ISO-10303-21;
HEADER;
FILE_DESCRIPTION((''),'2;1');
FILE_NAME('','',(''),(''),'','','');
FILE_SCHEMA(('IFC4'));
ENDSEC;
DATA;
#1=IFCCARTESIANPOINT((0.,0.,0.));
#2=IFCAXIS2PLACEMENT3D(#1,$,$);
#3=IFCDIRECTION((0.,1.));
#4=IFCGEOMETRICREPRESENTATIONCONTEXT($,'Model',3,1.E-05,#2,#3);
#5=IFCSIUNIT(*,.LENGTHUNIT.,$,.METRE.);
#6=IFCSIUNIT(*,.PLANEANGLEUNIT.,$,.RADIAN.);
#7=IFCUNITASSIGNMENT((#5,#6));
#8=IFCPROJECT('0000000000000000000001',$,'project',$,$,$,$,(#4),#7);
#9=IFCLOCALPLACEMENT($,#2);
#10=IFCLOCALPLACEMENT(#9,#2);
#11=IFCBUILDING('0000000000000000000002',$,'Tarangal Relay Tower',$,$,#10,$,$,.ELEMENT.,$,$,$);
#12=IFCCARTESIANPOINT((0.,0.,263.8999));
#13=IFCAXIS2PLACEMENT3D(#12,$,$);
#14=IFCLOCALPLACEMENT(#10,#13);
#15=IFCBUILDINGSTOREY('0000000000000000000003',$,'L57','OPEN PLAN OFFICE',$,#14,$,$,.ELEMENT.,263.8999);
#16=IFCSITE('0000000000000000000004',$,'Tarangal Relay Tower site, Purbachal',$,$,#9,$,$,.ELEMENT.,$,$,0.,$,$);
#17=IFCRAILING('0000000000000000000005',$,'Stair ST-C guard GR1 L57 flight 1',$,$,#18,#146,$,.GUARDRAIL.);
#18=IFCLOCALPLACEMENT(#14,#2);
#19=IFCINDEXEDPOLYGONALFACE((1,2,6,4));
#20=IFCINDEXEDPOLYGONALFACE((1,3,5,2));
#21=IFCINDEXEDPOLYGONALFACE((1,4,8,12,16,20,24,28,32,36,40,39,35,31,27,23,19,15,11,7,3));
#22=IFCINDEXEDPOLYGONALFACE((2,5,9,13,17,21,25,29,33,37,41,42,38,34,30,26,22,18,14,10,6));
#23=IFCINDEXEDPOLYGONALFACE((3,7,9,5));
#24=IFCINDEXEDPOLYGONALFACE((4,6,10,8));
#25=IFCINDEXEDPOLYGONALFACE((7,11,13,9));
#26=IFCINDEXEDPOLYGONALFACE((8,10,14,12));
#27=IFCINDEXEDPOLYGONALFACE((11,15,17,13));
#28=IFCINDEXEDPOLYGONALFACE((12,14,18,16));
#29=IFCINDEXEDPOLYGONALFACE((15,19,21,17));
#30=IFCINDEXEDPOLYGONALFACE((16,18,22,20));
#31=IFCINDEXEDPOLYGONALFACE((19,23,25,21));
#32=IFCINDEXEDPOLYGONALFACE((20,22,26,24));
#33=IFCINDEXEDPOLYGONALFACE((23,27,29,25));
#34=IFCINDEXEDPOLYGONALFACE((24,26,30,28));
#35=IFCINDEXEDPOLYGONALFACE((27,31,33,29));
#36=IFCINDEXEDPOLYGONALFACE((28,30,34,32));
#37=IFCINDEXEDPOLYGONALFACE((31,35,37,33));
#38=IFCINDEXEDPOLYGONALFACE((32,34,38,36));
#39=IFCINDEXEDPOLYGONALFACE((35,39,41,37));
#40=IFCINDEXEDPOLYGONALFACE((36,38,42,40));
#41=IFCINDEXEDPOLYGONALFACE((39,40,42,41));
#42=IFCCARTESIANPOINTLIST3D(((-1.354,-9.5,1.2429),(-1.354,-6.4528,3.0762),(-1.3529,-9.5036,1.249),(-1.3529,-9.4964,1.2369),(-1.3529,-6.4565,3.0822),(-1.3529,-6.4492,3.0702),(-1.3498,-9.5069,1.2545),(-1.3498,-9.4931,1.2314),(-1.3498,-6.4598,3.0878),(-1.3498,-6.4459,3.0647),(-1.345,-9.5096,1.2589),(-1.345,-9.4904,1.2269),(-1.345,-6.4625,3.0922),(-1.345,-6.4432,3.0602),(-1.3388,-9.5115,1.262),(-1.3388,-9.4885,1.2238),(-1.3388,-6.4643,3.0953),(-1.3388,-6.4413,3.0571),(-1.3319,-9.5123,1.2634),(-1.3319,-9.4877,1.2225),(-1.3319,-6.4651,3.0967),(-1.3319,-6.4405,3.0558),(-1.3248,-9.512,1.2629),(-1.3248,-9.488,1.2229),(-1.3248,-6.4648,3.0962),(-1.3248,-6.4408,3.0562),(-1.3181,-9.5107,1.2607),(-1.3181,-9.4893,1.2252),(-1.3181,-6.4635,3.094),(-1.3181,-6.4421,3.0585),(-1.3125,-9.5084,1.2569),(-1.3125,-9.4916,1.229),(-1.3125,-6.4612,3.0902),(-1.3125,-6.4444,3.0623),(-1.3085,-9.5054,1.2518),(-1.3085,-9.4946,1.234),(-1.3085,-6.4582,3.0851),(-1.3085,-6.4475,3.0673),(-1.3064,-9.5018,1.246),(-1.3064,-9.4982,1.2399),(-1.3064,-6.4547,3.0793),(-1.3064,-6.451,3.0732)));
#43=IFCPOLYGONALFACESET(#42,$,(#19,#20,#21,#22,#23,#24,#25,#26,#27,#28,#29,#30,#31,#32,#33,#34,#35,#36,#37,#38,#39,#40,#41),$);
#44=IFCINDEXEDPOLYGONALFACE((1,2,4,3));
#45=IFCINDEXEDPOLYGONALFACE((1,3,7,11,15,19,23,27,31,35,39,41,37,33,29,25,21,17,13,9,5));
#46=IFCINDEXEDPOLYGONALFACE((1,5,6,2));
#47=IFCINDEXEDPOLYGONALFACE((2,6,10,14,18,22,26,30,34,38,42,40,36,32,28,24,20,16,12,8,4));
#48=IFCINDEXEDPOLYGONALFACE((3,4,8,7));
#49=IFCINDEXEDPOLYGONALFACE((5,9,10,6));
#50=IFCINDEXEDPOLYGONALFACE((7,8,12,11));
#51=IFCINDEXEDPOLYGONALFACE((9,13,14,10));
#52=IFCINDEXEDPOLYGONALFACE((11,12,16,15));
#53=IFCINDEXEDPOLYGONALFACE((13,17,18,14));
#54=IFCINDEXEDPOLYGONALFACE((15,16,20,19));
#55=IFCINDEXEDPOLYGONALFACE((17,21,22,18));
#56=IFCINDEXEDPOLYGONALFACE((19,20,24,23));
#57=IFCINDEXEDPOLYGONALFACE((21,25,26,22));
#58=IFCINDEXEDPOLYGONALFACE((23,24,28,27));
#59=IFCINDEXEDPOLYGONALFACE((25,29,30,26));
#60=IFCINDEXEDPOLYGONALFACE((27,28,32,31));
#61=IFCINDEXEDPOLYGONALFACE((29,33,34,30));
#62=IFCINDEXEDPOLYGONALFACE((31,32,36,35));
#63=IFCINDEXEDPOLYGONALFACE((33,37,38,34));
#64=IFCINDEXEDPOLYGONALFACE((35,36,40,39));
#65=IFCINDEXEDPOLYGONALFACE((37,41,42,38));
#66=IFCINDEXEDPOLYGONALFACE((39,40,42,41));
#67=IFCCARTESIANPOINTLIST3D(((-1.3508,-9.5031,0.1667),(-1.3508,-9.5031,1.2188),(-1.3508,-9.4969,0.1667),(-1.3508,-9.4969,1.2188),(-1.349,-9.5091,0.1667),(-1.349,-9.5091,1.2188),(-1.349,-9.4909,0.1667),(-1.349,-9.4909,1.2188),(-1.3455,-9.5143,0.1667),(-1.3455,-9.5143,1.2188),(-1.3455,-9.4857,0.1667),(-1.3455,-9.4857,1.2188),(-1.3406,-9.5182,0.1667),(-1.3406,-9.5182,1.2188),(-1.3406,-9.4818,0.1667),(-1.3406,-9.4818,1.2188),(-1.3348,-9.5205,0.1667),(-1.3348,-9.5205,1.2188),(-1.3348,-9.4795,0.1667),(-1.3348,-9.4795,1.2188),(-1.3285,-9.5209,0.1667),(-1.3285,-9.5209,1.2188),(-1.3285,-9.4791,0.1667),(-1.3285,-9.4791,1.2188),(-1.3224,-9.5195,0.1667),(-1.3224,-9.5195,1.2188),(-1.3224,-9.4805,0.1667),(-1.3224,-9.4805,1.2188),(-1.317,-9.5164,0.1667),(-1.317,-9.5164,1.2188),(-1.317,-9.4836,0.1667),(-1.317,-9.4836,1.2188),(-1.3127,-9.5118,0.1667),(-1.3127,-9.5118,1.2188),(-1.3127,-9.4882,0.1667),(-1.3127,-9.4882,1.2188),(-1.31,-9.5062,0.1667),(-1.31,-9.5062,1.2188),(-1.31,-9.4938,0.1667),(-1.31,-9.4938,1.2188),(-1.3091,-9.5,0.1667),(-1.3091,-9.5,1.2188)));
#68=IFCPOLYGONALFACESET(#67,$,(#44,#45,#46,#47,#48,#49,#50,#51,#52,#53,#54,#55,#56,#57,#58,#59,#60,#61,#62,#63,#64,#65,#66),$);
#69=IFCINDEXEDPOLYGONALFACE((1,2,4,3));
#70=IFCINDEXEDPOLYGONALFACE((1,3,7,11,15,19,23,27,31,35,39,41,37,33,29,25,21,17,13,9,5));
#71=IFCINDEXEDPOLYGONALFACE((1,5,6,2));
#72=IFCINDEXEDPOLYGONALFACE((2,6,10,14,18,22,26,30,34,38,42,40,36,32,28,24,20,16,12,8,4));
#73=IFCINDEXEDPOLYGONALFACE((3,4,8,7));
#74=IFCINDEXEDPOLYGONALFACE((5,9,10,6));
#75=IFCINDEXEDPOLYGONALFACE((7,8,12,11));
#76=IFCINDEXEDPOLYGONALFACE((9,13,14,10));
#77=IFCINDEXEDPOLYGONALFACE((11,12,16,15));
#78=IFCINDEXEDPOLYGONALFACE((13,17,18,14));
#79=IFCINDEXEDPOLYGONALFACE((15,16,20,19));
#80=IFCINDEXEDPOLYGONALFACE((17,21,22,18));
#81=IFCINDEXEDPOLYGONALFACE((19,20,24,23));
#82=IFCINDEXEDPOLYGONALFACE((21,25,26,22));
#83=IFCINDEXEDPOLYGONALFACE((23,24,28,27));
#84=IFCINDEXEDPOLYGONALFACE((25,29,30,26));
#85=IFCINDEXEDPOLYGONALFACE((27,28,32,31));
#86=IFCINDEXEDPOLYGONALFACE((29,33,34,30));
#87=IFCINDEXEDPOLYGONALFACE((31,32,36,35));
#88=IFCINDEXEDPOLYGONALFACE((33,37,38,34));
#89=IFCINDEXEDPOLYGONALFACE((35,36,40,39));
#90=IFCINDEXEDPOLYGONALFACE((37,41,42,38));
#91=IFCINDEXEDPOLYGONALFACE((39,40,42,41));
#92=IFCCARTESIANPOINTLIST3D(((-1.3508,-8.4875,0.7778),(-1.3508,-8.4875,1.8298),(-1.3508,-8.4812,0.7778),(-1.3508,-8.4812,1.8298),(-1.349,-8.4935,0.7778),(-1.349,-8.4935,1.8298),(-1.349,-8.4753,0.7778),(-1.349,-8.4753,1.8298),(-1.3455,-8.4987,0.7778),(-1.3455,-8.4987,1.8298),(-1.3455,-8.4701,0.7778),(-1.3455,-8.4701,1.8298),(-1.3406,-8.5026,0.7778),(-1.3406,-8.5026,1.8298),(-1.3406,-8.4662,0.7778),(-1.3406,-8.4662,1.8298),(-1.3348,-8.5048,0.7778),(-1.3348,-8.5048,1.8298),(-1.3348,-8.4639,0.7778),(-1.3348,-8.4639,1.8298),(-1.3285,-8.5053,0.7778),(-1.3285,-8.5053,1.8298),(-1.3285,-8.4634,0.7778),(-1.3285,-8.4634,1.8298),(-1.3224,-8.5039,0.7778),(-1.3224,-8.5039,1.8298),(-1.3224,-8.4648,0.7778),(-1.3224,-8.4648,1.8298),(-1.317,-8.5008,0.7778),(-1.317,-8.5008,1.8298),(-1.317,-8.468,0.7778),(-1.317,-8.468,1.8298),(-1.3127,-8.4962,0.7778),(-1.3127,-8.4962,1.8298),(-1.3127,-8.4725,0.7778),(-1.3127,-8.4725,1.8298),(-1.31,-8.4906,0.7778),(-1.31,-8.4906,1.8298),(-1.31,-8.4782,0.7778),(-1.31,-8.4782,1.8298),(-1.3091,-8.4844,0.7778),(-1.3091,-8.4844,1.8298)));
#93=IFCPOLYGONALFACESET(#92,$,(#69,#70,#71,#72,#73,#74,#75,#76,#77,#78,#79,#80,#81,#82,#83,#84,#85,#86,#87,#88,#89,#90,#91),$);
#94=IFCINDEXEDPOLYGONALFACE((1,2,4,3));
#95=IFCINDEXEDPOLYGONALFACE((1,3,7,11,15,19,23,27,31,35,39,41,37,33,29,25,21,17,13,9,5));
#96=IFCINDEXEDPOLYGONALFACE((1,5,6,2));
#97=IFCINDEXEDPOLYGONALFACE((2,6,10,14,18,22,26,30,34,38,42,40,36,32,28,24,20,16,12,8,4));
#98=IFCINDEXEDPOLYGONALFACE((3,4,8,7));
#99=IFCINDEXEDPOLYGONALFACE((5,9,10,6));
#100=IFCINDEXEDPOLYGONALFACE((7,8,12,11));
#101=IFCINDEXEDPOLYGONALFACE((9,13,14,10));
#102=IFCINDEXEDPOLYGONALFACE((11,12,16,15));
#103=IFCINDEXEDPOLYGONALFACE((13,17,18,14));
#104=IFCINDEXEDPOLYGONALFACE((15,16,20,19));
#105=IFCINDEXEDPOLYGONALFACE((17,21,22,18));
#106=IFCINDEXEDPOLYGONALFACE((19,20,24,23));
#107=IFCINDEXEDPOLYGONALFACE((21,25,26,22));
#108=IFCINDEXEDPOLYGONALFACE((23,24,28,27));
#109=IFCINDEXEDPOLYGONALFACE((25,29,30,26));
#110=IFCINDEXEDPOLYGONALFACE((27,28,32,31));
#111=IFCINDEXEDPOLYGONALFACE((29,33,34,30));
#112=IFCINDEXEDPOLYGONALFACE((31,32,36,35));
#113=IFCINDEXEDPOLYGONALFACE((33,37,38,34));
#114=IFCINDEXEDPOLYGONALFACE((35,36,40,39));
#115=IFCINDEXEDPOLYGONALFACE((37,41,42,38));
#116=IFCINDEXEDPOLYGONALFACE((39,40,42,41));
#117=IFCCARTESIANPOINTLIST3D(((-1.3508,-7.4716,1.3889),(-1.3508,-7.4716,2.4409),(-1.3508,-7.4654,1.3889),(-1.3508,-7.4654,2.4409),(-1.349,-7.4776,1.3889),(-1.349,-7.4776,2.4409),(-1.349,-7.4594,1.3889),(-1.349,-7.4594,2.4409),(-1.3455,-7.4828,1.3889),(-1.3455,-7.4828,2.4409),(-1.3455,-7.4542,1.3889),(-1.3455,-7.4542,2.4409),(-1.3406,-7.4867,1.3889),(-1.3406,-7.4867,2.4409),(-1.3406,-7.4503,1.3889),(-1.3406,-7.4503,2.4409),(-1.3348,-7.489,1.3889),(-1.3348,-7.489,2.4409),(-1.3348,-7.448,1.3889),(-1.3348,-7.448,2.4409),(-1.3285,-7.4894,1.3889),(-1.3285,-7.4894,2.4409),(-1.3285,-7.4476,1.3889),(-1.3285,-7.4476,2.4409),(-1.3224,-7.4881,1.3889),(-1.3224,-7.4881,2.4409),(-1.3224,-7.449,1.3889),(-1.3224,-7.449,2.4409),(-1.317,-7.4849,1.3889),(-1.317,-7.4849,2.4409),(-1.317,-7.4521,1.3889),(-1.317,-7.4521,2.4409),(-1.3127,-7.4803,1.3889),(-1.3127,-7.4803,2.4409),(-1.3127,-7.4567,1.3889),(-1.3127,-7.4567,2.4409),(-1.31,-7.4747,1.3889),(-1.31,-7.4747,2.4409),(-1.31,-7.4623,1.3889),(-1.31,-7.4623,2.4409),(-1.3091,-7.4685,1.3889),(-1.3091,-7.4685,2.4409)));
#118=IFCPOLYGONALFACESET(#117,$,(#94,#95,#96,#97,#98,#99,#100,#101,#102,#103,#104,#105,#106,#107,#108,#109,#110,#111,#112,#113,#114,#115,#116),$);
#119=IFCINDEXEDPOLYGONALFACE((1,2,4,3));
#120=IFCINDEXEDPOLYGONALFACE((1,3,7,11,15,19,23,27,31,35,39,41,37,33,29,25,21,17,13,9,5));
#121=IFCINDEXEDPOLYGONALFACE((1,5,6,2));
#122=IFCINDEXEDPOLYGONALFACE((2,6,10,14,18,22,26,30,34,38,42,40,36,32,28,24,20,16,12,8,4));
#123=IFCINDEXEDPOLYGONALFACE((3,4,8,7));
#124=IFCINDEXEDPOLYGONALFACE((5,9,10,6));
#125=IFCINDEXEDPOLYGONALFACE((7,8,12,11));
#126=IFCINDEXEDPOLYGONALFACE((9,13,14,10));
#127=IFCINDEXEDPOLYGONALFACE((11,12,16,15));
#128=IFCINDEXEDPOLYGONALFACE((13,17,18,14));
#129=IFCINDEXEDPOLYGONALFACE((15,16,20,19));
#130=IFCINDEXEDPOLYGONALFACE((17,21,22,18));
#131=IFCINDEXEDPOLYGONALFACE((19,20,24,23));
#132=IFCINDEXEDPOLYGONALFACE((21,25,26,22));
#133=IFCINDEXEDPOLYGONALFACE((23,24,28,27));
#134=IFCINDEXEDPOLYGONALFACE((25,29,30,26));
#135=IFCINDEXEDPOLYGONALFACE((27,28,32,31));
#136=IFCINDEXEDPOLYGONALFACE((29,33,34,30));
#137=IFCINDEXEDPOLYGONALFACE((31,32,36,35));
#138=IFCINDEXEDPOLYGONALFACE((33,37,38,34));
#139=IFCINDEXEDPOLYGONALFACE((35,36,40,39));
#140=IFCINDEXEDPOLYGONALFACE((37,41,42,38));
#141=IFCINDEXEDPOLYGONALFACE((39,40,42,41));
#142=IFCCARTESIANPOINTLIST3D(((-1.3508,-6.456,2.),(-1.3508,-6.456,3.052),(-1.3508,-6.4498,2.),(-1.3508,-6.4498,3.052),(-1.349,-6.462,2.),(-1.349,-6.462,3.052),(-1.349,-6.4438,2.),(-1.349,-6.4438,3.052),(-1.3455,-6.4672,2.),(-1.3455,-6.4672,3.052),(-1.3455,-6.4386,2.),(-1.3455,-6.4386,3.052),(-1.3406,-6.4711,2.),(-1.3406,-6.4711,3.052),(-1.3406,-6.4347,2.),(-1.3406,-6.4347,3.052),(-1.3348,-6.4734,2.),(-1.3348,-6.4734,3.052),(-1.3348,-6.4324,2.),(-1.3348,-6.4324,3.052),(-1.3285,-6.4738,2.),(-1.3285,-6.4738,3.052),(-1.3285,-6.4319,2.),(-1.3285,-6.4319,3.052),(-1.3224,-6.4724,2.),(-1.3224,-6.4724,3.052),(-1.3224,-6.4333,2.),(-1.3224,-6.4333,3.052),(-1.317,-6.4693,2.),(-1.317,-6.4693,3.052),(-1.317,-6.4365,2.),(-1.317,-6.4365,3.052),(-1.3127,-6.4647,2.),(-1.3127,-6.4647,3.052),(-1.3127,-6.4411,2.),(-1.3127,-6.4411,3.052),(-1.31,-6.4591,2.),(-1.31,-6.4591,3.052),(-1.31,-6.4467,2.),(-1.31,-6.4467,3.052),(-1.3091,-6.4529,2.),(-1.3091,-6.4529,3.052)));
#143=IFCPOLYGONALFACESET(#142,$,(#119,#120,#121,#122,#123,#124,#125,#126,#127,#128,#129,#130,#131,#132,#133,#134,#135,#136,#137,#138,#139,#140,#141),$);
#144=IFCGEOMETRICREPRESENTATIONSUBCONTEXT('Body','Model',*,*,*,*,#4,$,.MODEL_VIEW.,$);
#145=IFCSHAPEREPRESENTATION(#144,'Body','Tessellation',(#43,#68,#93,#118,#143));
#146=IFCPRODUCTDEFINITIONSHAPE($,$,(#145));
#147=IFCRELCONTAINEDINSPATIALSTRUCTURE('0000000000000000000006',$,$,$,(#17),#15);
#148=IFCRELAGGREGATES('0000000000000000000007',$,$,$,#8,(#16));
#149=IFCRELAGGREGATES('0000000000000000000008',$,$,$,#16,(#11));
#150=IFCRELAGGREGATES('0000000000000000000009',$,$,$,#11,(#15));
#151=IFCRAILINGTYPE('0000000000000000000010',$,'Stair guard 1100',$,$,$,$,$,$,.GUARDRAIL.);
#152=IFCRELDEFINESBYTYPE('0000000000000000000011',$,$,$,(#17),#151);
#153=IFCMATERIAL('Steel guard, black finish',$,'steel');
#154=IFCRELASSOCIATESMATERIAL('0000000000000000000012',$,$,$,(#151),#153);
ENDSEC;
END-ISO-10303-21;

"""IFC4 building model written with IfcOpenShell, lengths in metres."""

from ifc_helpers import new_model, si_unit, direction, frame, origin, origin_2d, place, context, subcontext, project, spatial, circle, extrude, material, type_object, element, save


model = new_model("IFC4")

# Units and contexts
model_context = context("Model", 3, precision=1e-05, world=origin(), true_north=direction((0.0, 1.0)))
body_context = subcontext(model_context, "Body", "Model", "MODEL_VIEW")
ifc_project = project(units=[si_unit("LENGTHUNIT", "METRE"), si_unit("PLANEANGLEUNIT", "RADIAN")], contexts=[model_context])

# Site, building, storey
site_placement = place(None, origin())
site = spatial("IfcSite", under=ifc_project, at=site_placement, Name="Tarangal Relay Tower site, Purbachal", CompositionType="ELEMENT", RefElevation=0.0)
building_placement = place(site_placement, origin())
building = spatial("IfcBuilding", under=site, at=building_placement, Name="Tarangal Relay Tower", CompositionType="ELEMENT")
storey_placement = place(building_placement, frame((0.0, 0.0, 263.8999)))
storey = spatial("IfcBuildingStorey", under=building, at=storey_placement, Name="L57", Description="OPEN PLAN OFFICE", CompositionType="ELEMENT", Elevation=263.8999)

# Railing
ifc_material_1 = material(Name="Steel guard, black finish", Category="steel")
railing_type = type_object("IfcRailingType", Name="Stair guard 1100", PredefinedType="GUARDRAIL", material=ifc_material_1)
railing_1_placement = place(storey_placement, frame((-1.3301, -9.5, 0.1667)))
element("IfcRailing", 1, at=railing_1_placement, inside=storey, type_object=railing_type, Name="Stair ST-C guard GR1 L57 flight 1", PredefinedType="GUARDRAIL", context=body_context, shape_type="SweptSolid", body=[
    extrude(circle(Radius=0.0239, at=origin_2d()), frame((0.0, 0.0, 1.0762), z_axis=(0.0, 0.856874, 0.515525), x_axis=(-1.0, 0.0, 0.0)), (0.0, 0.0, 1.0), 3.5562),
    extrude(circle(Radius=0.021, at=origin_2d()), origin(), (0.0, 0.0, 1.0), 1.052),
    extrude(circle(Radius=0.021, at=origin_2d()), frame((0.0, 1.0156, 0.6111)), (0.0, 0.0, 1.0), 1.052),
    extrude(circle(Radius=0.021, at=origin_2d()), frame((0.0, 2.0315, 1.2222)), (0.0, 0.0, 1.0), 1.052),
    extrude(circle(Radius=0.021, at=origin_2d()), frame((0.0, 3.0471, 1.8333)), (0.0, 0.0, 1.0), 1.052),
])

save(model, "model.ifc")
